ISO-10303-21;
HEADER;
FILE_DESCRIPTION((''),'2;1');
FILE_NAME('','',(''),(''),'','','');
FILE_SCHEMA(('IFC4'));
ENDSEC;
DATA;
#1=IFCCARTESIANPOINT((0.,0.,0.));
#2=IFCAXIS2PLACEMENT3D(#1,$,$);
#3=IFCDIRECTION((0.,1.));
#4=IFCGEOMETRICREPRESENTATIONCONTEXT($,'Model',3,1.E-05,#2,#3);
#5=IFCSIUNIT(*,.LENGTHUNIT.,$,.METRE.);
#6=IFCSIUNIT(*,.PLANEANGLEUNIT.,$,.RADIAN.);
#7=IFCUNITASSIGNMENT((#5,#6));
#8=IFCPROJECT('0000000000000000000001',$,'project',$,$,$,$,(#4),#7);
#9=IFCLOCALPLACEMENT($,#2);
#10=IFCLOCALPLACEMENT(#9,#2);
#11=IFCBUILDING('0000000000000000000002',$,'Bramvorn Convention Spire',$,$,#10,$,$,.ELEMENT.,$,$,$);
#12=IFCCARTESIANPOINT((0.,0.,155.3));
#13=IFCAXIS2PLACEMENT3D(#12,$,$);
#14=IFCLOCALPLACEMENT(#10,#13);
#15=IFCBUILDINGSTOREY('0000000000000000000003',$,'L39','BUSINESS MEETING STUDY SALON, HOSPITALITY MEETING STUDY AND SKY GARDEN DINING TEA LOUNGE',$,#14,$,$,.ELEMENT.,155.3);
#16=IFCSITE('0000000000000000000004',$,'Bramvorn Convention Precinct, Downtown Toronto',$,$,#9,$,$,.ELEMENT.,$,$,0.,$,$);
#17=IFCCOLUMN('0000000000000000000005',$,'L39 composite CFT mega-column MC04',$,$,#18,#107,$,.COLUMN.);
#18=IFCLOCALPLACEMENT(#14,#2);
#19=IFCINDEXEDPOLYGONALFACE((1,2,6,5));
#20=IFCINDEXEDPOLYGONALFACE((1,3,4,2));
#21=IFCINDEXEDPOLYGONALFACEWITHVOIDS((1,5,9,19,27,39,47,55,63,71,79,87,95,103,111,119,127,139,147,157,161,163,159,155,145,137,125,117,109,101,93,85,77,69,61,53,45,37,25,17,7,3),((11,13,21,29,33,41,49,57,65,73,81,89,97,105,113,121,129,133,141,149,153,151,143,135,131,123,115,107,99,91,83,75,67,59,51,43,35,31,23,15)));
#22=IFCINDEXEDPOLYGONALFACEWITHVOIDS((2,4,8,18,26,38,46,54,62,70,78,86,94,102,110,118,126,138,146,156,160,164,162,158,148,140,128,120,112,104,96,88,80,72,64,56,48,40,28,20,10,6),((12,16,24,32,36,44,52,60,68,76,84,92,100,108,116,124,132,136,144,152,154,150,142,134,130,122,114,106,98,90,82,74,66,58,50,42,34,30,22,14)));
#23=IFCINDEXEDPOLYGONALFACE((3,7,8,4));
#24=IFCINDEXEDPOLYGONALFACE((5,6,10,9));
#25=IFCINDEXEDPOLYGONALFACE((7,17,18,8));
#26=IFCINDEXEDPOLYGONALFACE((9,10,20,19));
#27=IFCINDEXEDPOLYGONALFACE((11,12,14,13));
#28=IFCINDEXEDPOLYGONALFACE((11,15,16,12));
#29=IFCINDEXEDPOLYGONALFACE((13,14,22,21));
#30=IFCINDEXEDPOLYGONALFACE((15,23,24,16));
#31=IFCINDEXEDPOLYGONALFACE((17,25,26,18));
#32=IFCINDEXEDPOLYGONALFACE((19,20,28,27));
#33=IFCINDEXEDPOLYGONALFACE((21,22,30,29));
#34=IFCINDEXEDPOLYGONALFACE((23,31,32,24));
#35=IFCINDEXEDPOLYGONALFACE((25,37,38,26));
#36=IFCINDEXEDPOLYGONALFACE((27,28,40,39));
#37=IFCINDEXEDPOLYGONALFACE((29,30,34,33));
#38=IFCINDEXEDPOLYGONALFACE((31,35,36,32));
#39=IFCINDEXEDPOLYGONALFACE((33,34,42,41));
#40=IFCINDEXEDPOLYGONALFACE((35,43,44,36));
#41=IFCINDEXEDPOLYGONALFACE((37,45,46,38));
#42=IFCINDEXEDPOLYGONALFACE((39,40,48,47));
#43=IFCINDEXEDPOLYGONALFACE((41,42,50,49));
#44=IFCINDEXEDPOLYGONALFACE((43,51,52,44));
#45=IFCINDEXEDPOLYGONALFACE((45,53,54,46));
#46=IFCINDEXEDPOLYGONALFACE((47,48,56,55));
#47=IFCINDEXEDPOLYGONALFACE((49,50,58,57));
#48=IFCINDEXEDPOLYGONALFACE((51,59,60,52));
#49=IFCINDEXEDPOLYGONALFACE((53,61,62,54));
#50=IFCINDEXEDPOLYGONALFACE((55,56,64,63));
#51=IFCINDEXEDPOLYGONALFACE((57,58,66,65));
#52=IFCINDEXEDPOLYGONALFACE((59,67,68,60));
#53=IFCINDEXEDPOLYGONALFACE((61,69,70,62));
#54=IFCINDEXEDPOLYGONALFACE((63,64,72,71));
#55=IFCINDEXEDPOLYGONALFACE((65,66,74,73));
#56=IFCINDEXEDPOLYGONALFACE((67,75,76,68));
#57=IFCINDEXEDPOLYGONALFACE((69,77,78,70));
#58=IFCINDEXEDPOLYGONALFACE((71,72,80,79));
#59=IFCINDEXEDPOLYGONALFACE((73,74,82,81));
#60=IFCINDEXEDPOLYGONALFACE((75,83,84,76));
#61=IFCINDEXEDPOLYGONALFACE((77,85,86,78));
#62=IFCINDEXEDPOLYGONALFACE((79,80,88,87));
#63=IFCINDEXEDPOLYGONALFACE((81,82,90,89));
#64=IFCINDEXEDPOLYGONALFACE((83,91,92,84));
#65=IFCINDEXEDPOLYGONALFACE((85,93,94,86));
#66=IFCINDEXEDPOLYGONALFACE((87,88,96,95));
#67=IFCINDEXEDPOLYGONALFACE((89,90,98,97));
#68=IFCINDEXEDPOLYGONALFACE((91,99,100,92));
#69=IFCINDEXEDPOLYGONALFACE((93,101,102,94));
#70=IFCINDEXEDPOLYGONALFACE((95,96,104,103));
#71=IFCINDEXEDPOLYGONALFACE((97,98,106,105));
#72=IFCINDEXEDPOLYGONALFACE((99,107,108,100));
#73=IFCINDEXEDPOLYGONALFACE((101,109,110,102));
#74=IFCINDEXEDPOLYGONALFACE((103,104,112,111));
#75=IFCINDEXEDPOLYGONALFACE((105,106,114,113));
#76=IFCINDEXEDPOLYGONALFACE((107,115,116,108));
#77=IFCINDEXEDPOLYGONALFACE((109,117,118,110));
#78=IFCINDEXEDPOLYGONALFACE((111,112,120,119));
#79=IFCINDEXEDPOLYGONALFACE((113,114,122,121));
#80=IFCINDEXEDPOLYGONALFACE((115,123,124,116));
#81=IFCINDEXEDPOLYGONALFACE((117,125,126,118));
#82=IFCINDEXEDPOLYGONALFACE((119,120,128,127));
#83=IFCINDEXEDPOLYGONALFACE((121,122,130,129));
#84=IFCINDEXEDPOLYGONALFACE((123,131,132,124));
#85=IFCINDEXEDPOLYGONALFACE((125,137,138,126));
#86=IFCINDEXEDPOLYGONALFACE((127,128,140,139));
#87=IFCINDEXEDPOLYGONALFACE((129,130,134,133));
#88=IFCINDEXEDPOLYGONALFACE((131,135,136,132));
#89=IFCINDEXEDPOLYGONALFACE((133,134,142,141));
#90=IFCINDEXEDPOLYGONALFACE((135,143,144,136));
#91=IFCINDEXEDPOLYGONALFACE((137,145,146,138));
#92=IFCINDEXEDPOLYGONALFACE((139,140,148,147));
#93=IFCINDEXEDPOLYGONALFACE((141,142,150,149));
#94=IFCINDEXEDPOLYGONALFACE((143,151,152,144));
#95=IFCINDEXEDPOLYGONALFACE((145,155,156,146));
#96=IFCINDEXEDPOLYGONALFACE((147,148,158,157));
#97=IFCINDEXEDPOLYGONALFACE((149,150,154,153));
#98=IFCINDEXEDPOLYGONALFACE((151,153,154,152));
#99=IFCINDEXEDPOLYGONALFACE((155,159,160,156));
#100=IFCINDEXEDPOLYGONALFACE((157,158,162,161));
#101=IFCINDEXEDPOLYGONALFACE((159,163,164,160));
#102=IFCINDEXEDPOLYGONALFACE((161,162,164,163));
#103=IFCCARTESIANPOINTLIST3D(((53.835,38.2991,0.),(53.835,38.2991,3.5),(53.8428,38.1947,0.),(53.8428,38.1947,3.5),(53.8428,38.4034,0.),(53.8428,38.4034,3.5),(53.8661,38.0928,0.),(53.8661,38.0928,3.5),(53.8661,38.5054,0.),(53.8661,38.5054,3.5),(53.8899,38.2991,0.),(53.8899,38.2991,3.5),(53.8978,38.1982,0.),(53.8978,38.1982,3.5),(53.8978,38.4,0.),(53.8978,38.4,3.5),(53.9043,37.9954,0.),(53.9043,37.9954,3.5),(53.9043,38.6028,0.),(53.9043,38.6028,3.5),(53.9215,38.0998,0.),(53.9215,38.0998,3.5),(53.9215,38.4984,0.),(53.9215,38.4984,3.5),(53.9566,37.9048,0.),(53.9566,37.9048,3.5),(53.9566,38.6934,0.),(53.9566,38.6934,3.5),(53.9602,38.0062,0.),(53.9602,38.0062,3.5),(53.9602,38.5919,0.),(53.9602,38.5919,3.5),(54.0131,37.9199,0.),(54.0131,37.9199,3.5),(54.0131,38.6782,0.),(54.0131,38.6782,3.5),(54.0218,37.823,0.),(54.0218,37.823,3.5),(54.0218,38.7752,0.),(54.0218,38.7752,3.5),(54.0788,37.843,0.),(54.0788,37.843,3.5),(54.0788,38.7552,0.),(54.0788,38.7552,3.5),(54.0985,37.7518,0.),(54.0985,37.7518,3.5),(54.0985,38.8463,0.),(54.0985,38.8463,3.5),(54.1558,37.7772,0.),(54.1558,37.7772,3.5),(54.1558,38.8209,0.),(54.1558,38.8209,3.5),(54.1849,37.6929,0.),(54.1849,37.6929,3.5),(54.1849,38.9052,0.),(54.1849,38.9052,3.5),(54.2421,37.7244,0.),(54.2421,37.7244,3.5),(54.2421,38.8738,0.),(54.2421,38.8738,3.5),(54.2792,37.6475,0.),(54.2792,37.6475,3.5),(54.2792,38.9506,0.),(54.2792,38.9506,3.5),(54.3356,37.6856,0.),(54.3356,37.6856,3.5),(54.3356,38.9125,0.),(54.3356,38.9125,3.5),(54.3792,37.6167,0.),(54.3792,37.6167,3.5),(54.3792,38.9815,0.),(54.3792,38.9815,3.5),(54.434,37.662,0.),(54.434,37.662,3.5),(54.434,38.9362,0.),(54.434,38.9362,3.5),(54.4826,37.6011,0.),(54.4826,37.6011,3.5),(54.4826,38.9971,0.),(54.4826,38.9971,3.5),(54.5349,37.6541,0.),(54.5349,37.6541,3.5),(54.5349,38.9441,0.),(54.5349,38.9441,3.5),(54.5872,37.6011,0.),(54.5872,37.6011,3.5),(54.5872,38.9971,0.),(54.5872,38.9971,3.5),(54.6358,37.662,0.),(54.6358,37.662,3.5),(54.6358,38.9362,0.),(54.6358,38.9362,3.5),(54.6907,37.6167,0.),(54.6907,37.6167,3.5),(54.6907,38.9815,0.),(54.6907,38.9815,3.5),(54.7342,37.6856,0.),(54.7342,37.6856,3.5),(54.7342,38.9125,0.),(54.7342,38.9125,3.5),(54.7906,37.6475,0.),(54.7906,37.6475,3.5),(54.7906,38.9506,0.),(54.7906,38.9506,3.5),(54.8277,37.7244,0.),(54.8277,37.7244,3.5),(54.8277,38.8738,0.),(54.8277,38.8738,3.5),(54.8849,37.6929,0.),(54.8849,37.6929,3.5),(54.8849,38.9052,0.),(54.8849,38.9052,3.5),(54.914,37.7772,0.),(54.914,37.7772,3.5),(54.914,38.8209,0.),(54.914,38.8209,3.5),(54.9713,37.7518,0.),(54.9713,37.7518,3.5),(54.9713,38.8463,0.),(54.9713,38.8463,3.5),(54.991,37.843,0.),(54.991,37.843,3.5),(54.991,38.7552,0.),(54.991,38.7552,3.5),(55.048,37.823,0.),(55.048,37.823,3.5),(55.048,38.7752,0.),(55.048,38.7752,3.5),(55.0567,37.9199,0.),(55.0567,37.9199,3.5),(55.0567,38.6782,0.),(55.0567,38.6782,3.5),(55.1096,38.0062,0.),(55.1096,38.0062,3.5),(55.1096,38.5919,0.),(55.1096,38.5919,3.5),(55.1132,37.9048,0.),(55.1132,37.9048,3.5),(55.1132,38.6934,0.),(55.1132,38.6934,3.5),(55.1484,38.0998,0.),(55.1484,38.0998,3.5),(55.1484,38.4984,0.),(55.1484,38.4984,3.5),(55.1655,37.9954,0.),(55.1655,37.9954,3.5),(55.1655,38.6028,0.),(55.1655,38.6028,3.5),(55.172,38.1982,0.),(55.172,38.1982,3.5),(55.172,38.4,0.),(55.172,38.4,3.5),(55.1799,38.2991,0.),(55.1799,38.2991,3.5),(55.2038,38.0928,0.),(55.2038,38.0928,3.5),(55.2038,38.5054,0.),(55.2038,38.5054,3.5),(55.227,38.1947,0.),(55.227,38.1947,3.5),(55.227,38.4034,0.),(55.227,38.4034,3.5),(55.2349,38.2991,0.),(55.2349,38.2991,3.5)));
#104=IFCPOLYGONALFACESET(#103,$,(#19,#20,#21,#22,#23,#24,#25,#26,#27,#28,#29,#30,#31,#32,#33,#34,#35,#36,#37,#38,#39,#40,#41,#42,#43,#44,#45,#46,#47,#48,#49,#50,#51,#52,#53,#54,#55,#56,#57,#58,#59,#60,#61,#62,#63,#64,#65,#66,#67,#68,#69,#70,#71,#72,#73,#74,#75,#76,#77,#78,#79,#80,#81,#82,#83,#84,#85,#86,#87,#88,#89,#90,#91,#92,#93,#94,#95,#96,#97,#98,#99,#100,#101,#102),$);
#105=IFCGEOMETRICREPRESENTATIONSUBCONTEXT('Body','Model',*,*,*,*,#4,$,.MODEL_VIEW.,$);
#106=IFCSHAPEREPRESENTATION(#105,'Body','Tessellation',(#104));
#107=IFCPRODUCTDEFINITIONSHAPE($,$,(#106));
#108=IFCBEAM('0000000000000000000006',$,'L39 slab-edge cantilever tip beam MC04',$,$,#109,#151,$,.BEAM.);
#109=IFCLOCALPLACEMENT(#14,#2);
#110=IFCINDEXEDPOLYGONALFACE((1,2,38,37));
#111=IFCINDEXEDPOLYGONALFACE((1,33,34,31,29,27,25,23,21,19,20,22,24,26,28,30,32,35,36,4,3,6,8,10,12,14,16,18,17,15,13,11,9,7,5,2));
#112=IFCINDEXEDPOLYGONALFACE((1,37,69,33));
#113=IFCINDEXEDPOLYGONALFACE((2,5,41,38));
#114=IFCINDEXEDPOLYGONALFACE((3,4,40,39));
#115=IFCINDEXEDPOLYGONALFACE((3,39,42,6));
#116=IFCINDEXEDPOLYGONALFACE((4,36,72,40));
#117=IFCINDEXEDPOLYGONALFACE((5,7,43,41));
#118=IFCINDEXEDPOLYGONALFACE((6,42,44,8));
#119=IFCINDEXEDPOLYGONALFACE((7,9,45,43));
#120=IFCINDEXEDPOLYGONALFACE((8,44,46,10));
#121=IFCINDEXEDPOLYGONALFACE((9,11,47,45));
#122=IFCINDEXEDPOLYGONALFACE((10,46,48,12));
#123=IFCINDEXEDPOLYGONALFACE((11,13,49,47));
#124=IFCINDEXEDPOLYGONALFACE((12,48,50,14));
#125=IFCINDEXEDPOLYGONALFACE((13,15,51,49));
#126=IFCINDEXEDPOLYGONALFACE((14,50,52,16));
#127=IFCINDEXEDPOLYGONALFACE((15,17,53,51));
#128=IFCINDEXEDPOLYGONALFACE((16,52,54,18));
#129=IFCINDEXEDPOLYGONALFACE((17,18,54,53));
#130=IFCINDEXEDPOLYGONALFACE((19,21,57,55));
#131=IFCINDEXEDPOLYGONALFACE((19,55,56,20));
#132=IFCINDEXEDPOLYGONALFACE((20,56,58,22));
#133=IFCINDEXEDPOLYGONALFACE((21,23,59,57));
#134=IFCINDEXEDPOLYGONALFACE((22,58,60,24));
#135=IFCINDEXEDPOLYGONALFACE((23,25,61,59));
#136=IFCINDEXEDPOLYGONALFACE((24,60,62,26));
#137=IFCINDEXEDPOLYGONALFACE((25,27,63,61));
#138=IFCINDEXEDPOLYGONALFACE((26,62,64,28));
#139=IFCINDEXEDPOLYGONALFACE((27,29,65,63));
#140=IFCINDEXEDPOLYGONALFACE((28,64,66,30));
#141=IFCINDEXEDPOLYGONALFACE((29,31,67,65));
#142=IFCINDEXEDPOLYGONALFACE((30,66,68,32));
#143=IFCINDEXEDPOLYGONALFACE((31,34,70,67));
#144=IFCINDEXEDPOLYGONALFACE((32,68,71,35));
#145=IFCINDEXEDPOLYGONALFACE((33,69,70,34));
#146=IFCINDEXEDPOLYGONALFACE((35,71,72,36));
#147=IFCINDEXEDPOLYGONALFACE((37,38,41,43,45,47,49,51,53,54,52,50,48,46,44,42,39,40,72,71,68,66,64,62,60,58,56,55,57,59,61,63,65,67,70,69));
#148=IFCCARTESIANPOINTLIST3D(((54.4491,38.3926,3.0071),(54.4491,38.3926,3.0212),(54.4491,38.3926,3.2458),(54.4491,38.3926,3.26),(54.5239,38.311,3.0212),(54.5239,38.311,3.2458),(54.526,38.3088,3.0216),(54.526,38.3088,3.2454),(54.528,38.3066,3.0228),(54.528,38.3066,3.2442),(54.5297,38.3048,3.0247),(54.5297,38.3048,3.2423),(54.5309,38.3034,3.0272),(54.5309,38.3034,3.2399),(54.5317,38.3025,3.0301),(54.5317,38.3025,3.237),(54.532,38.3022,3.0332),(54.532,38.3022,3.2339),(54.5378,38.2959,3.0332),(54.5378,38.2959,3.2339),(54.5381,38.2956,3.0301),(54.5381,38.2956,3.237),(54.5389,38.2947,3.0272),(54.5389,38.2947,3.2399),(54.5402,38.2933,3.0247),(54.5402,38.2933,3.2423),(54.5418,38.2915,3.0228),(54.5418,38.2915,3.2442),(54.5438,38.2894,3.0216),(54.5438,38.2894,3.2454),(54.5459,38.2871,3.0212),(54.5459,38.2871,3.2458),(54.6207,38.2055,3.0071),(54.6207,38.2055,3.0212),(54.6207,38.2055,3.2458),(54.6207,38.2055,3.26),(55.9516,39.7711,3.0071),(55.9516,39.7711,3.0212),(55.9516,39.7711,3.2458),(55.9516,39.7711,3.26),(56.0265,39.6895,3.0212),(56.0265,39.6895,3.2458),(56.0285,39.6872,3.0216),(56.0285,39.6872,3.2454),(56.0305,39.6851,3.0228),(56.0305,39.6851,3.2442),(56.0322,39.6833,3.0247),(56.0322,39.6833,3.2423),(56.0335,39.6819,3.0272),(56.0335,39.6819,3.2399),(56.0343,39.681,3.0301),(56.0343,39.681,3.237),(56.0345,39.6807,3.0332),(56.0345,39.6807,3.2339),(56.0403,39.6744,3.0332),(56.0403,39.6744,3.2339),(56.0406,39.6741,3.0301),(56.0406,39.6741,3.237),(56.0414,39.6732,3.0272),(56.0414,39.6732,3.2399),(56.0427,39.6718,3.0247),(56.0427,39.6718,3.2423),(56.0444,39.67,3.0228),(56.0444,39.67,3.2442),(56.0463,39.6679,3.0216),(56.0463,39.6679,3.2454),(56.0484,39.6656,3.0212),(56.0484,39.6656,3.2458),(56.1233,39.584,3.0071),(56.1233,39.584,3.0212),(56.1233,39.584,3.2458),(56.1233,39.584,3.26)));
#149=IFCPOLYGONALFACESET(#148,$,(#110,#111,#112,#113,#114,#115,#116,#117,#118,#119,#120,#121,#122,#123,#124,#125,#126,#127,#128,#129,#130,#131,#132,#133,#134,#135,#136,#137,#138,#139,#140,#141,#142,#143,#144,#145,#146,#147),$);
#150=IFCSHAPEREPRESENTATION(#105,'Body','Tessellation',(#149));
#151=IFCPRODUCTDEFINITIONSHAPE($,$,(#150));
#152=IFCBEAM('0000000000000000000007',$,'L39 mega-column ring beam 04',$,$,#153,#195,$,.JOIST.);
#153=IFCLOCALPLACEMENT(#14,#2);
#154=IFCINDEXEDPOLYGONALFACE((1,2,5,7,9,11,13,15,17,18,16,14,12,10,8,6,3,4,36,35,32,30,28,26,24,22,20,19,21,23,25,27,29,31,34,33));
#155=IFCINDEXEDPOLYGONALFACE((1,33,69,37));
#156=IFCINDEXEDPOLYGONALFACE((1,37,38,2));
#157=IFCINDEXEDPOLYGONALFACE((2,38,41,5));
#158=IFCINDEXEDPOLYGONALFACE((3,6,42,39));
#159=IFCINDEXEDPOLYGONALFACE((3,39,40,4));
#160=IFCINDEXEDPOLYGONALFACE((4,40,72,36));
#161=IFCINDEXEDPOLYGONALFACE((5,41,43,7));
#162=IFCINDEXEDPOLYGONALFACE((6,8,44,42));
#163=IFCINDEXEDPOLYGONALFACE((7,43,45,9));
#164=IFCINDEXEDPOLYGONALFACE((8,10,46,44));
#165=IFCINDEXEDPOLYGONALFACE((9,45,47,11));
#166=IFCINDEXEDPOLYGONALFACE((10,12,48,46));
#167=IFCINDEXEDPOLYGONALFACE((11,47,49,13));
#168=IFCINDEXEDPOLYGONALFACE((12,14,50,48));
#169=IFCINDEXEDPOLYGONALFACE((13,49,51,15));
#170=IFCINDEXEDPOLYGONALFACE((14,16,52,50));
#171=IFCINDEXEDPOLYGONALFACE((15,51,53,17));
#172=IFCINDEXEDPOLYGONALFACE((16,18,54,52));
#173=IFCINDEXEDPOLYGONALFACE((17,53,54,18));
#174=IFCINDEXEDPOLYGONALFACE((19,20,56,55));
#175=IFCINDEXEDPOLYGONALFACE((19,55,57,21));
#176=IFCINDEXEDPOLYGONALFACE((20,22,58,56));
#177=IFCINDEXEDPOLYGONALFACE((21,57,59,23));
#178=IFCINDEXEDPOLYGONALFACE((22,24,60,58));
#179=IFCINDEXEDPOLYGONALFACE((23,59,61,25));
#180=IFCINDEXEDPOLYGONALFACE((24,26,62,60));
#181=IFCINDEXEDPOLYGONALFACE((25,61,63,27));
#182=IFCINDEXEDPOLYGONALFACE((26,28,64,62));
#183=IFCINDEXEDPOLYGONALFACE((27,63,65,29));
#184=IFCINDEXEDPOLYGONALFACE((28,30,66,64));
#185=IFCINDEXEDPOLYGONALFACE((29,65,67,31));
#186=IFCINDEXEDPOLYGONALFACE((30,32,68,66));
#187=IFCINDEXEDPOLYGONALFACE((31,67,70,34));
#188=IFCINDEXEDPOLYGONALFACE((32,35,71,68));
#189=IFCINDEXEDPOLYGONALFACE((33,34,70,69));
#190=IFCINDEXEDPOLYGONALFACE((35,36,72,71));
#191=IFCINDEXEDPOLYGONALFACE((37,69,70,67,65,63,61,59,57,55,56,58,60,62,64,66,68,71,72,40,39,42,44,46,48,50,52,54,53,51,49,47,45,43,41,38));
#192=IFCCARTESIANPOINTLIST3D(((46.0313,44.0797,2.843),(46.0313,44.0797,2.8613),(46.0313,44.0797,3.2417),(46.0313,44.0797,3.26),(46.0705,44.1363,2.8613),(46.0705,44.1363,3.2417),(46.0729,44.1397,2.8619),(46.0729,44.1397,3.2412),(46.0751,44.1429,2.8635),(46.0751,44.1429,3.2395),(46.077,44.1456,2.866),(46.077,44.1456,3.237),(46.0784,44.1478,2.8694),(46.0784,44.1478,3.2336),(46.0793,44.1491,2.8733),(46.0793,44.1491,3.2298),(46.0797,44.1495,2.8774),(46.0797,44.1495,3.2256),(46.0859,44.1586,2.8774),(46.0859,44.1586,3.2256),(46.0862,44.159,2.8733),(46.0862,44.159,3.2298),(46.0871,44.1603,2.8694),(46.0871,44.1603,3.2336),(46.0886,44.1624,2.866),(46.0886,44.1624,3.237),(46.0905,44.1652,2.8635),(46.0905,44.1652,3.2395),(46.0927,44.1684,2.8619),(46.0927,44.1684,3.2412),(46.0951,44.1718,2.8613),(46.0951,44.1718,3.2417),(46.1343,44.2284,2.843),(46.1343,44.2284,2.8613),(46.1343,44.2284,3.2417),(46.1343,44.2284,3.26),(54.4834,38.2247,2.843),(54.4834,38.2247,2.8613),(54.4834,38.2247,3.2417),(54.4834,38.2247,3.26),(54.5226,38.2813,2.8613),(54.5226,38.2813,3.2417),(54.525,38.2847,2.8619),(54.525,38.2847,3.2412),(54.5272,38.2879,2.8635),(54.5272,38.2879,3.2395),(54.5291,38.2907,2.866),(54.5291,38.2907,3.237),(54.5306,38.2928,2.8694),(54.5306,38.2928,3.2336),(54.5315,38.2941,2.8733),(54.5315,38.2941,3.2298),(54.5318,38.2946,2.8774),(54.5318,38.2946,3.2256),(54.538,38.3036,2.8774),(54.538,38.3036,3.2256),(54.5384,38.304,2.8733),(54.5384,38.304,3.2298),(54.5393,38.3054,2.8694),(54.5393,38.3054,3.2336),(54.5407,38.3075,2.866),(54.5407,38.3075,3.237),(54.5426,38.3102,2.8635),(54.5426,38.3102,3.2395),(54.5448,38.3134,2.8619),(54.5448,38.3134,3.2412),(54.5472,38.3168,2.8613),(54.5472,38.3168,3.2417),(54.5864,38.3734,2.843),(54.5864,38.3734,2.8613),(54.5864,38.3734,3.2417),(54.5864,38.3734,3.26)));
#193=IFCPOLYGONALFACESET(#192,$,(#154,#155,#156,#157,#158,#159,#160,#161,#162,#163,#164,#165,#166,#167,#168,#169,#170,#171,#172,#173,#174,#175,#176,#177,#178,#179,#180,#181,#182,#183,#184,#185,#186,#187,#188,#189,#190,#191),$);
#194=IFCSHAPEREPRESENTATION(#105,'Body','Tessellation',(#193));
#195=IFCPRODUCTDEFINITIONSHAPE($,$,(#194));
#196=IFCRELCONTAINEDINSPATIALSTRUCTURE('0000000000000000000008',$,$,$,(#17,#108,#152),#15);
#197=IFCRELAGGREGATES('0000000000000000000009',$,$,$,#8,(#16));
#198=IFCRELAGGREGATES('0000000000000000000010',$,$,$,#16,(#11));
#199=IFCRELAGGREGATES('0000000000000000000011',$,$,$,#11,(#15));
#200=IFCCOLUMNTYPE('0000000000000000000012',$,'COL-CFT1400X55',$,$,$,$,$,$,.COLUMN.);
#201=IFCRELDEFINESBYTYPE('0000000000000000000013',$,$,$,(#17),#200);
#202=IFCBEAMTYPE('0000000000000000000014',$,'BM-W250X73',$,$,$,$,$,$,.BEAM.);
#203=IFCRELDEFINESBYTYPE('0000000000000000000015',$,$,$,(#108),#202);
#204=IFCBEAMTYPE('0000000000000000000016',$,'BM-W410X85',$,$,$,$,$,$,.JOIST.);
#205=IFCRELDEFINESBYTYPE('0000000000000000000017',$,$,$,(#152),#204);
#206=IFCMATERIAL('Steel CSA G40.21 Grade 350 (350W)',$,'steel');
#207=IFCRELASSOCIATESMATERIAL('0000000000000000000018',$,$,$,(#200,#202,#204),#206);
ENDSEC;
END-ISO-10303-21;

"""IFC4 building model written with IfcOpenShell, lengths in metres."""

from ifc_helpers import new_model, si_unit, direction, frame, origin, origin_2d, place, context, subcontext, project, spatial, hollow_circle, i_section, extrude, material, material_profile, profile_set, type_object, element, save


model = new_model("IFC4")

# Units and contexts
model_context = context("Model", 3, precision=1e-05, world=origin(), true_north=direction((0.0, 1.0)))
body_context = subcontext(model_context, "Body", "Model", "MODEL_VIEW")
ifc_project = project(units=[si_unit("LENGTHUNIT", "METRE"), si_unit("PLANEANGLEUNIT", "RADIAN")], contexts=[model_context])

# Site, building, storey
site_placement = place(None, origin())
site = spatial("IfcSite", under=ifc_project, at=site_placement, Name="Bramvorn Convention Precinct, Downtown Toronto", CompositionType="ELEMENT", RefElevation=0.0)
building_placement = place(site_placement, origin())
building = spatial("IfcBuilding", under=site, at=building_placement, Name="Bramvorn Convention Spire", CompositionType="ELEMENT")
storey_placement = place(building_placement, frame((0.0, 0.0, 155.3)))
storey = spatial("IfcBuildingStorey", under=building, at=storey_placement, Name="L39", Description="BUSINESS MEETING STUDY SALON, HOSPITALITY MEETING STUDY AND SKY GARDEN DINING TEA LOUNGE", CompositionType="ELEMENT", Elevation=155.3)

# Column
ifc_material_1 = material(Name="Steel CSA G40.21 Grade 350 (350W)", Category="steel")
ifc_material_profile_1 = material_profile(ifc_material_1, hollow_circle(Radius=0.7, WallThickness=0.0549, at=origin_2d()))
ifc_profile_set_1 = profile_set([ifc_material_profile_1], Name="Steel CSA G40.21 Grade 350 (350W) - CFT1400X55")
column_type = type_object("IfcColumnType", Name="COL-CFT1400X55", PredefinedType="COLUMN", material=ifc_profile_set_1)
column_placement = place(storey_placement, frame((54.5349, 38.2991, 0.0), z_axis=(0.0, 0.0, 1.0), x_axis=(1.0, 0.0, 0.0)))
element("IfcColumn", 1, at=column_placement, inside=storey, type_object=column_type, Name="L39 composite CFT mega-column MC04", PredefinedType="COLUMN", context=body_context, shape_type="SweptSolid", body=[
    extrude(hollow_circle(Radius=0.7, WallThickness=0.0549, at=origin_2d()), origin(), (0.0, 0.0, 1.0), 3.5),
])

# Beams
ifc_material_profile_2 = material_profile(ifc_material_1, i_section(OverallWidth=0.2539, OverallDepth=0.2529, WebThickness=0.0085, FlangeThickness=0.0142, FilletRadius=0.012, at=origin_2d()))
ifc_profile_set_2 = profile_set([ifc_material_profile_2], Name="Steel CSA G40.21 Grade 350 (350W) - W250X73")
beam_type_1 = type_object("IfcBeamType", Name="BM-W250X73", PredefinedType="BEAM", material=ifc_profile_set_2)
beam_1_placement = place(storey_placement, frame((54.5349, 38.2991, 3.1335), z_axis=(0.736866, 0.676039, 0.0), x_axis=(-0.676039, 0.736866, 0.0)))
element("IfcBeam", 2, at=beam_1_placement, inside=storey, type_object=beam_type_1, Name="L39 slab-edge cantilever tip beam MC04", PredefinedType="BEAM", context=body_context, shape_type="SweptSolid", body=[
    extrude(i_section(OverallWidth=0.2539, OverallDepth=0.2529, WebThickness=0.0085, FlangeThickness=0.0142, FilletRadius=0.012, at=origin_2d()), origin(), (0.0, 0.0, 1.0), 2.0391),
])
ifc_material_profile_3 = material_profile(ifc_material_1, i_section(OverallWidth=0.1809, OverallDepth=0.417, WebThickness=0.011, FlangeThickness=0.0183, FilletRadius=0.0161, at=origin_2d()))
ifc_profile_set_3 = profile_set([ifc_material_profile_3], Name="Steel CSA G40.21 Grade 350 (350W) - W410X85")
beam_type_2 = type_object("IfcBeamType", Name="BM-W410X85", PredefinedType="JOIST", material=ifc_profile_set_3)
beam_2_placement = place(storey_placement, frame((54.5349, 38.2991, 3.0515), z_axis=(-0.822033, 0.56944, 0.0), x_axis=(-0.56944, -0.822033, 0.0)))
element("IfcBeam", 3, at=beam_2_placement, inside=storey, type_object=beam_type_2, Name="L39 mega-column ring beam 04", PredefinedType="JOIST", context=body_context, shape_type="SweptSolid", body=[
    extrude(i_section(OverallWidth=0.1809, OverallDepth=0.417, WebThickness=0.011, FlangeThickness=0.0183, FilletRadius=0.0161, at=origin_2d()), origin(), (0.0, 0.0, 1.0), 10.282),
])

save(model, "model.ifc")
